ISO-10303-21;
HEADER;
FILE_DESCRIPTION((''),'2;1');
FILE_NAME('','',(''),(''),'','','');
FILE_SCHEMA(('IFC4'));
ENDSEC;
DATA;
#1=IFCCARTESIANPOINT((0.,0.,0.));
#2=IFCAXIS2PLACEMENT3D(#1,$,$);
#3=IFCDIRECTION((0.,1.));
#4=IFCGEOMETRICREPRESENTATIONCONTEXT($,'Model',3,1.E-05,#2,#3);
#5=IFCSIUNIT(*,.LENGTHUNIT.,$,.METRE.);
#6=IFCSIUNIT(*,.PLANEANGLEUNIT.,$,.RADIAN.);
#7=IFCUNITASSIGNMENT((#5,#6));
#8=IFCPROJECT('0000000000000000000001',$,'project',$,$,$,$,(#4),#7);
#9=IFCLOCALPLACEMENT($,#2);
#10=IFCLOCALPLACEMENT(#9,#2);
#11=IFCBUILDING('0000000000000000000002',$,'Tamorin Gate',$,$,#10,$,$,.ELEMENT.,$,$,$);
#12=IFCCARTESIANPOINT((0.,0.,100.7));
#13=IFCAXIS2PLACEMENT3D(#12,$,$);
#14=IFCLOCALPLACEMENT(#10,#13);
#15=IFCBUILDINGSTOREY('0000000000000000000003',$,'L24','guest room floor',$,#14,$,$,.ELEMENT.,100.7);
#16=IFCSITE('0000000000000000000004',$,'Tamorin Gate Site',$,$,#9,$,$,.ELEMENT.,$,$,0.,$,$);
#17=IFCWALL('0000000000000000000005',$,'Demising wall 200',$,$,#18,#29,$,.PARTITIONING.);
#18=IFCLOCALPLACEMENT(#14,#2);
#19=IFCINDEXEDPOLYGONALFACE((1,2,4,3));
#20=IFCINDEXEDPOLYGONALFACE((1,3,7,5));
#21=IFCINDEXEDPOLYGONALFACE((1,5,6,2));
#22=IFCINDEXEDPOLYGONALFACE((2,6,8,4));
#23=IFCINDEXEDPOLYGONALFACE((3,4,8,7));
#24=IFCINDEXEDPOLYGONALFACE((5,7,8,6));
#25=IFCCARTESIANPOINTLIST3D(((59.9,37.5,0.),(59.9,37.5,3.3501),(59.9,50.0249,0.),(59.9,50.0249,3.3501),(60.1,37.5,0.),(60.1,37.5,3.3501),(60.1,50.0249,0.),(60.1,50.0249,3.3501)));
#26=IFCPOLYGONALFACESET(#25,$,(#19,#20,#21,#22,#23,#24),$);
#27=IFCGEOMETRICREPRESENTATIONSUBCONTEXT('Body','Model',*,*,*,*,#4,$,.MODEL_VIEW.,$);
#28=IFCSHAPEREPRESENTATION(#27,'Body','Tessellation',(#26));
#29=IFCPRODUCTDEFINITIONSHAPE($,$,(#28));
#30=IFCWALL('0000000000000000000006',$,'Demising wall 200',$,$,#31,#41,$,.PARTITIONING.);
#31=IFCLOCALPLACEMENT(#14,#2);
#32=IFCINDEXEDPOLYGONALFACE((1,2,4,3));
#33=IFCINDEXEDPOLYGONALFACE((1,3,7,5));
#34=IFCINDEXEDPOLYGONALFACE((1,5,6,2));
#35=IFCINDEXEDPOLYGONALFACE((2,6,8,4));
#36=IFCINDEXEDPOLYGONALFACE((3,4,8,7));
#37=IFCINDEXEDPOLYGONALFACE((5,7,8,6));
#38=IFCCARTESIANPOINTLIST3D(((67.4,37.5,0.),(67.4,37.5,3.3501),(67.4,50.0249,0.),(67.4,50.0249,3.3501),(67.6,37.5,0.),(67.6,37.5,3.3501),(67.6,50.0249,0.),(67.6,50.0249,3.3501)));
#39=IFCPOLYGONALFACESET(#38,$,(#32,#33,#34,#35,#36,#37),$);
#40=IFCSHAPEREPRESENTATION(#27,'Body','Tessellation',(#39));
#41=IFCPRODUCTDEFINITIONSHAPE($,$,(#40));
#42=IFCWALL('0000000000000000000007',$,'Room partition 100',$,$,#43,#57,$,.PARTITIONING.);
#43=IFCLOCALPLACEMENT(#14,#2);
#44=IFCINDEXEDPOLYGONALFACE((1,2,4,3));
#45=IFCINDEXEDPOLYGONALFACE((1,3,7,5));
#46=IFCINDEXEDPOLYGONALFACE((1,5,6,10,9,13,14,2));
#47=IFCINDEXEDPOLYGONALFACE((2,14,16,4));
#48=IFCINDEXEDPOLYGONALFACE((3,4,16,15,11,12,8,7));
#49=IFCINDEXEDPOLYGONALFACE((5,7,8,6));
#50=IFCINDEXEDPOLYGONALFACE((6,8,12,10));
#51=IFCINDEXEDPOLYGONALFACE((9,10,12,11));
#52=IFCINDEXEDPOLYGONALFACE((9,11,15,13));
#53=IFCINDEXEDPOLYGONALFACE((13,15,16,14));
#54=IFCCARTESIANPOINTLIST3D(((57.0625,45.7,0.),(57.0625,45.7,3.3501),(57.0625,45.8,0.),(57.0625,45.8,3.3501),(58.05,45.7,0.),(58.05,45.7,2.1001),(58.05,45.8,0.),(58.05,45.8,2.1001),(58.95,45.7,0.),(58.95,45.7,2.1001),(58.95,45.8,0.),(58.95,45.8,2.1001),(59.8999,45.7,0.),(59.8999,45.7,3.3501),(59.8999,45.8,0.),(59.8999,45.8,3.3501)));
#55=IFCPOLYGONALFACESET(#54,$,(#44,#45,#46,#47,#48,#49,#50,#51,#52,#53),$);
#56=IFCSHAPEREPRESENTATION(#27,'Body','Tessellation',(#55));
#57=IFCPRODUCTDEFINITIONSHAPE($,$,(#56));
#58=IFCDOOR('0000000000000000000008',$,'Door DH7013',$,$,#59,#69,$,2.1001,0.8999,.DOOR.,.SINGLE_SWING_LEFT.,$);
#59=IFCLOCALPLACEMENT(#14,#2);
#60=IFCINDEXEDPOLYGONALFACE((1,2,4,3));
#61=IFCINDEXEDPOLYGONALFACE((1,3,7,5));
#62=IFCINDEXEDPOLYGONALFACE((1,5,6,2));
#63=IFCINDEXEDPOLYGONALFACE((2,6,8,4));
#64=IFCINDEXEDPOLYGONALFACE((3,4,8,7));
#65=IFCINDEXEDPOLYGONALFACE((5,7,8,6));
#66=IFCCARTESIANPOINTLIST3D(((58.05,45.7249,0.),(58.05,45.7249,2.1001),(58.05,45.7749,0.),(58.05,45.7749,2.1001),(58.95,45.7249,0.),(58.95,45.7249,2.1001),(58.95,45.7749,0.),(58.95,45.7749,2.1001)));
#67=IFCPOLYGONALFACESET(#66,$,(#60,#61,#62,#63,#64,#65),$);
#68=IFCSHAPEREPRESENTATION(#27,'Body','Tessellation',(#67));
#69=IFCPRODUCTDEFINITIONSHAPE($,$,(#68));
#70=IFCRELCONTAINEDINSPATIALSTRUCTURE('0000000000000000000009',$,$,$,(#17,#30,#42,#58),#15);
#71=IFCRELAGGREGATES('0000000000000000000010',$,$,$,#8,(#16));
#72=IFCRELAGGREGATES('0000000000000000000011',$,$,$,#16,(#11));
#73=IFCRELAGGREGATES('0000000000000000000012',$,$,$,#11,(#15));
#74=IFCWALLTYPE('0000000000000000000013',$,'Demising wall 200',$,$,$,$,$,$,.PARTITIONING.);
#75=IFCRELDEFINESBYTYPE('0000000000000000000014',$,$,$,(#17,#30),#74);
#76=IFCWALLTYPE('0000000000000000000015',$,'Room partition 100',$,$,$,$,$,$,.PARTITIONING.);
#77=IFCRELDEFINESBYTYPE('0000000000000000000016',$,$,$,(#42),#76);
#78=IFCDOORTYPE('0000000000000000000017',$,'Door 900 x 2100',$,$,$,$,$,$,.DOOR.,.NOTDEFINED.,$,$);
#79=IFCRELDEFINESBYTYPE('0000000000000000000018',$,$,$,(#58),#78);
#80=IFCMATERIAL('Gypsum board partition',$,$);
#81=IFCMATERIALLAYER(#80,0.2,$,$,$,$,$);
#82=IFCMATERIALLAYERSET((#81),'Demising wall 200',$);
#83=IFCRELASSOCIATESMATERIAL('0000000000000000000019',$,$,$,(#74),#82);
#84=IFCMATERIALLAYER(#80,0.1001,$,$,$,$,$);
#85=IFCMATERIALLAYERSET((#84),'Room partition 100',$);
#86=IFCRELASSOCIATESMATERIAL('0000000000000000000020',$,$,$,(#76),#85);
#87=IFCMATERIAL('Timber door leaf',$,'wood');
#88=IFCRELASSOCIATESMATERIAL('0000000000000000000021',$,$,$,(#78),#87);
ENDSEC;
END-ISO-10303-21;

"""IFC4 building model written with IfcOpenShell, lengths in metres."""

from ifc_helpers import new_model, si_unit, direction, frame, frame_2d, origin, place, context, subcontext, project, spatial, rectangle, extrude, material, layer, layer_set, type_object, element, fill, save


model = new_model("IFC4")

# Units and contexts
model_context = context("Model", 3, precision=1e-05, world=origin(), true_north=direction((0.0, 1.0)))
body_context = subcontext(model_context, "Body", "Model", "MODEL_VIEW")
ifc_project = project(units=[si_unit("LENGTHUNIT", "METRE"), si_unit("PLANEANGLEUNIT", "RADIAN")], contexts=[model_context])

# Site, building, storey
site_placement = place(None, origin())
site = spatial("IfcSite", under=ifc_project, at=site_placement, Name="Tamorin Gate Site", CompositionType="ELEMENT", RefElevation=0.0)
building_placement = place(site_placement, origin())
building = spatial("IfcBuilding", under=site, at=building_placement, Name="Tamorin Gate", CompositionType="ELEMENT")
storey_placement = place(building_placement, frame((0.0, 0.0, 100.7)))
storey = spatial("IfcBuildingStorey", under=building, at=storey_placement, Name="L24", Description="guest room floor", CompositionType="ELEMENT", Elevation=100.7)

# Walls
ifc_material_1 = material(Name="Gypsum board partition")
ifc_layer_1 = layer(ifc_material_1, 0.2)
ifc_layer_set_1 = layer_set([ifc_layer_1], Name="Demising wall 200")
wall_type_1 = type_object("IfcWallType", Name="Demising wall 200", PredefinedType="PARTITIONING", material=ifc_layer_set_1)
for number, where, z_axis, x_axis, name in (
    (1, (60.0, 37.5, 0.0), (0.0, 0.0, 1.0), (0.0, 1.0, 0.0), "Demising wall 200"),
    (2, (67.5, 37.5, 0.0), (0.0, 0.0, 1.0), (0.0, 1.0, 0.0), "Demising wall 200"),
):
    element("IfcWall", number, at=place(storey_placement, frame(where, z_axis=z_axis, x_axis=x_axis)), inside=storey, type_object=wall_type_1, Name=name, PredefinedType="PARTITIONING", context=body_context, shape_type="SweptSolid", body=[
        extrude(rectangle(XDim=12.5249, YDim=0.2, at=frame_2d((6.2625, 0.0))), origin(), (0.0, 0.0, 1.0), 3.3501),
    ])

# Wall, opening, door
ifc_layer_2 = layer(ifc_material_1, 0.1001)
ifc_layer_set_2 = layer_set([ifc_layer_2], Name="Room partition 100")
wall_type_2 = type_object("IfcWallType", Name="Room partition 100", PredefinedType="PARTITIONING", material=ifc_layer_set_2)
wall_1_placement = place(storey_placement, frame((57.0625, 45.75, 0.0), z_axis=(0.0, 0.0, 1.0), x_axis=(1.0, 0.0, 0.0)))
wall_1 = element("IfcWall", 3, at=wall_1_placement, inside=storey, type_object=wall_type_2, Name="Room partition 100", PredefinedType="PARTITIONING", context=body_context, shape_type="SweptSolid", body=[
    extrude(rectangle(XDim=2.8374, YDim=0.1001, at=frame_2d((1.4187, 0.0))), origin(), (0.0, 0.0, 1.0), 3.3501),
])
opening_1_placement = place(wall_1_placement, frame((0.9875, 0.0, 0.0)))
opening_1 = element("IfcOpeningElement", 4, at=opening_1_placement, cuts=wall_1, PredefinedType="OPENING", context=body_context, shape_type="SweptSolid", body=[
    extrude(rectangle(XDim=0.8999, YDim=2.1001, at=frame_2d((0.45, 1.05))), frame((0.0, 0.0601, 0.0), z_axis=(0.0, -1.0, 0.0), x_axis=(1.0, 0.0, 0.0)), (0.0, 0.0, 1.0), 0.1201),
])
ifc_material_2 = material(Name="Timber door leaf", Category="wood")
door_type = type_object("IfcDoorType", Name="Door 900 x 2100", OperationType="NOTDEFINED", PredefinedType="DOOR", material=ifc_material_2)
door_placement = place(opening_1_placement, origin())
door = element("IfcDoor", 5, at=door_placement, inside=storey, type_object=door_type, Name="Door DH7013", OperationType="SINGLE_SWING_LEFT", OverallHeight=2.1001, OverallWidth=0.8999, PredefinedType="DOOR", context=body_context, shape_type="SweptSolid", body=[
    extrude(rectangle(XDim=0.8999, YDim=2.1001, at=frame_2d((0.45, 1.05))), frame((0.0, 0.0249, 0.0), z_axis=(0.0, -1.0, 0.0), x_axis=(1.0, 0.0, 0.0)), (0.0, 0.0, 1.0), 0.05),
])
fill(opening_1, door)

save(model, "model.ifc")
